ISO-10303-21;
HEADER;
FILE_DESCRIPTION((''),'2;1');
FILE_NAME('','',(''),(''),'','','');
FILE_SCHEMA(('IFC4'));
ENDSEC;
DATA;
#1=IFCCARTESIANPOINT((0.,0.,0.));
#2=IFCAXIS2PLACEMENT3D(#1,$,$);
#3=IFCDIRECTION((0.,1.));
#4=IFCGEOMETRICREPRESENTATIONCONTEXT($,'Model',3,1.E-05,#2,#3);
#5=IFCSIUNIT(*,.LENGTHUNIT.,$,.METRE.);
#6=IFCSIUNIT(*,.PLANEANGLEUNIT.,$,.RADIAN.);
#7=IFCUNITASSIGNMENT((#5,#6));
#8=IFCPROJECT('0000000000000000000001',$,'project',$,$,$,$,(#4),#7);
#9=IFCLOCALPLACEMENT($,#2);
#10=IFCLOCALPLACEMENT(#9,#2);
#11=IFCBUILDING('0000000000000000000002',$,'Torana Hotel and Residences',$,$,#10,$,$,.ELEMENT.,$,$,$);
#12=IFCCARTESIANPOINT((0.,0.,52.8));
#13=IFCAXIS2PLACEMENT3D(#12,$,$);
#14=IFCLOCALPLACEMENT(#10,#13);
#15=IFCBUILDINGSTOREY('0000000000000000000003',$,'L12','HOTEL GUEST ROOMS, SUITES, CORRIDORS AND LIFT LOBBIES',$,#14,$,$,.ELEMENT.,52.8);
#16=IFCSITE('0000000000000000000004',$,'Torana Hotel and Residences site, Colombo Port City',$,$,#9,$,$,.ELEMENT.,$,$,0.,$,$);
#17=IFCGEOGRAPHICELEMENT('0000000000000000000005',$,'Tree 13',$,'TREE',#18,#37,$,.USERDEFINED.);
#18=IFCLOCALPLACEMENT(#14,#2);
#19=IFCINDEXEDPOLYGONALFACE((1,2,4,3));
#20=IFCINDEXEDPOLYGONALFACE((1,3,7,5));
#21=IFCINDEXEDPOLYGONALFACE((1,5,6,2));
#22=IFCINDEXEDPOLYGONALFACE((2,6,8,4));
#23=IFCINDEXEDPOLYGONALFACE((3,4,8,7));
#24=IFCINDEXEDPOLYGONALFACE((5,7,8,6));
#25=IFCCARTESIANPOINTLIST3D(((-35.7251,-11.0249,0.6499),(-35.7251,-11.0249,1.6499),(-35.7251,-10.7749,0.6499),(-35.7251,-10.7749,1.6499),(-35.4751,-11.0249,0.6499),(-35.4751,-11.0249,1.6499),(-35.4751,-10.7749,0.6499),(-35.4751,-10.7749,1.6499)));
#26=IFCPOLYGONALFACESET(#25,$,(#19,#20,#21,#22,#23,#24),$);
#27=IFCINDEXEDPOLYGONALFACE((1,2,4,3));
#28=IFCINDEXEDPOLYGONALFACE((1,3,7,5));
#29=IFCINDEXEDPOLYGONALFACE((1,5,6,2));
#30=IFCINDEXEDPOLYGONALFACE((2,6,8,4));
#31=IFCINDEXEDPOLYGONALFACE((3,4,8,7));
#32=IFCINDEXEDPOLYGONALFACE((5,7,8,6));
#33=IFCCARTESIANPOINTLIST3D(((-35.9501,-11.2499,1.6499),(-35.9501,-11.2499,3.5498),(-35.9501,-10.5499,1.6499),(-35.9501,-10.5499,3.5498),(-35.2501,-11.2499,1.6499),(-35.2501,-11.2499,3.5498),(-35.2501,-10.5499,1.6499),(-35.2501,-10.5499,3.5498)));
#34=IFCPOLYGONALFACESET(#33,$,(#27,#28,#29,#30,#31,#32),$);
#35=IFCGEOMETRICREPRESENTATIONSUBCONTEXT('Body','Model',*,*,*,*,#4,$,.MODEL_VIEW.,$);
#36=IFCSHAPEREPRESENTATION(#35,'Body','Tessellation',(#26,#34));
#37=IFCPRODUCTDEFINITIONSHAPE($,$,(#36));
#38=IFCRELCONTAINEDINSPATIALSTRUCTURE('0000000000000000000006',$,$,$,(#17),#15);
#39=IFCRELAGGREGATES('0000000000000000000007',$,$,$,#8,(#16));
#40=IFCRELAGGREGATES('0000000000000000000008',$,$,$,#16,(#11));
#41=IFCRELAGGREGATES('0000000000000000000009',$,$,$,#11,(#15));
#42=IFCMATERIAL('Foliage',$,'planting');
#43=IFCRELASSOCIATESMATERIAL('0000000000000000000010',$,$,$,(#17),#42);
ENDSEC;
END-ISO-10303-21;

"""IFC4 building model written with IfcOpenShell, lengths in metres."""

from ifc_helpers import new_model, si_unit, direction, frame, origin, origin_2d, place, context, subcontext, project, spatial, rectangle, extrude, material, element, save


model = new_model("IFC4")

# Units and contexts
model_context = context("Model", 3, precision=1e-05, world=origin(), true_north=direction((0.0, 1.0)))
body_context = subcontext(model_context, "Body", "Model", "MODEL_VIEW")
ifc_project = project(units=[si_unit("LENGTHUNIT", "METRE"), si_unit("PLANEANGLEUNIT", "RADIAN")], contexts=[model_context])

# Site, building, storey
site_placement = place(None, origin())
site = spatial("IfcSite", under=ifc_project, at=site_placement, Name="Torana Hotel and Residences site, Colombo Port City", CompositionType="ELEMENT", RefElevation=0.0)
building_placement = place(site_placement, origin())
building = spatial("IfcBuilding", under=site, at=building_placement, Name="Torana Hotel and Residences", CompositionType="ELEMENT")
storey_placement = place(building_placement, frame((0.0, 0.0, 52.8)))
storey = spatial("IfcBuildingStorey", under=building, at=storey_placement, Name="L12", Description="HOTEL GUEST ROOMS, SUITES, CORRIDORS AND LIFT LOBBIES", CompositionType="ELEMENT", Elevation=52.8)

# Geographic element
ifc_material_1 = material(Name="Foliage", Category="planting")
geographic_element_placement = place(storey_placement, frame((-35.6001, -10.8999, 0.6499), z_axis=(0.0, 0.0, 1.0), x_axis=(1.0, 0.0, 0.0)))
element("IfcGeographicElement", 1, at=geographic_element_placement, inside=storey, material=ifc_material_1, Name="Tree 13", ObjectType="TREE", PredefinedType="USERDEFINED", context=body_context, shape_type="SweptSolid", body=[
    extrude(rectangle(XDim=0.25, YDim=0.25, at=origin_2d()), origin(), (0.0, 0.0, 1.0), 1.0),
    extrude(rectangle(XDim=0.7, YDim=0.7, at=origin_2d()), frame((0.0, 0.0, 1.0)), (0.0, 0.0, 1.0), 1.8999),
])

save(model, "model.ifc")
